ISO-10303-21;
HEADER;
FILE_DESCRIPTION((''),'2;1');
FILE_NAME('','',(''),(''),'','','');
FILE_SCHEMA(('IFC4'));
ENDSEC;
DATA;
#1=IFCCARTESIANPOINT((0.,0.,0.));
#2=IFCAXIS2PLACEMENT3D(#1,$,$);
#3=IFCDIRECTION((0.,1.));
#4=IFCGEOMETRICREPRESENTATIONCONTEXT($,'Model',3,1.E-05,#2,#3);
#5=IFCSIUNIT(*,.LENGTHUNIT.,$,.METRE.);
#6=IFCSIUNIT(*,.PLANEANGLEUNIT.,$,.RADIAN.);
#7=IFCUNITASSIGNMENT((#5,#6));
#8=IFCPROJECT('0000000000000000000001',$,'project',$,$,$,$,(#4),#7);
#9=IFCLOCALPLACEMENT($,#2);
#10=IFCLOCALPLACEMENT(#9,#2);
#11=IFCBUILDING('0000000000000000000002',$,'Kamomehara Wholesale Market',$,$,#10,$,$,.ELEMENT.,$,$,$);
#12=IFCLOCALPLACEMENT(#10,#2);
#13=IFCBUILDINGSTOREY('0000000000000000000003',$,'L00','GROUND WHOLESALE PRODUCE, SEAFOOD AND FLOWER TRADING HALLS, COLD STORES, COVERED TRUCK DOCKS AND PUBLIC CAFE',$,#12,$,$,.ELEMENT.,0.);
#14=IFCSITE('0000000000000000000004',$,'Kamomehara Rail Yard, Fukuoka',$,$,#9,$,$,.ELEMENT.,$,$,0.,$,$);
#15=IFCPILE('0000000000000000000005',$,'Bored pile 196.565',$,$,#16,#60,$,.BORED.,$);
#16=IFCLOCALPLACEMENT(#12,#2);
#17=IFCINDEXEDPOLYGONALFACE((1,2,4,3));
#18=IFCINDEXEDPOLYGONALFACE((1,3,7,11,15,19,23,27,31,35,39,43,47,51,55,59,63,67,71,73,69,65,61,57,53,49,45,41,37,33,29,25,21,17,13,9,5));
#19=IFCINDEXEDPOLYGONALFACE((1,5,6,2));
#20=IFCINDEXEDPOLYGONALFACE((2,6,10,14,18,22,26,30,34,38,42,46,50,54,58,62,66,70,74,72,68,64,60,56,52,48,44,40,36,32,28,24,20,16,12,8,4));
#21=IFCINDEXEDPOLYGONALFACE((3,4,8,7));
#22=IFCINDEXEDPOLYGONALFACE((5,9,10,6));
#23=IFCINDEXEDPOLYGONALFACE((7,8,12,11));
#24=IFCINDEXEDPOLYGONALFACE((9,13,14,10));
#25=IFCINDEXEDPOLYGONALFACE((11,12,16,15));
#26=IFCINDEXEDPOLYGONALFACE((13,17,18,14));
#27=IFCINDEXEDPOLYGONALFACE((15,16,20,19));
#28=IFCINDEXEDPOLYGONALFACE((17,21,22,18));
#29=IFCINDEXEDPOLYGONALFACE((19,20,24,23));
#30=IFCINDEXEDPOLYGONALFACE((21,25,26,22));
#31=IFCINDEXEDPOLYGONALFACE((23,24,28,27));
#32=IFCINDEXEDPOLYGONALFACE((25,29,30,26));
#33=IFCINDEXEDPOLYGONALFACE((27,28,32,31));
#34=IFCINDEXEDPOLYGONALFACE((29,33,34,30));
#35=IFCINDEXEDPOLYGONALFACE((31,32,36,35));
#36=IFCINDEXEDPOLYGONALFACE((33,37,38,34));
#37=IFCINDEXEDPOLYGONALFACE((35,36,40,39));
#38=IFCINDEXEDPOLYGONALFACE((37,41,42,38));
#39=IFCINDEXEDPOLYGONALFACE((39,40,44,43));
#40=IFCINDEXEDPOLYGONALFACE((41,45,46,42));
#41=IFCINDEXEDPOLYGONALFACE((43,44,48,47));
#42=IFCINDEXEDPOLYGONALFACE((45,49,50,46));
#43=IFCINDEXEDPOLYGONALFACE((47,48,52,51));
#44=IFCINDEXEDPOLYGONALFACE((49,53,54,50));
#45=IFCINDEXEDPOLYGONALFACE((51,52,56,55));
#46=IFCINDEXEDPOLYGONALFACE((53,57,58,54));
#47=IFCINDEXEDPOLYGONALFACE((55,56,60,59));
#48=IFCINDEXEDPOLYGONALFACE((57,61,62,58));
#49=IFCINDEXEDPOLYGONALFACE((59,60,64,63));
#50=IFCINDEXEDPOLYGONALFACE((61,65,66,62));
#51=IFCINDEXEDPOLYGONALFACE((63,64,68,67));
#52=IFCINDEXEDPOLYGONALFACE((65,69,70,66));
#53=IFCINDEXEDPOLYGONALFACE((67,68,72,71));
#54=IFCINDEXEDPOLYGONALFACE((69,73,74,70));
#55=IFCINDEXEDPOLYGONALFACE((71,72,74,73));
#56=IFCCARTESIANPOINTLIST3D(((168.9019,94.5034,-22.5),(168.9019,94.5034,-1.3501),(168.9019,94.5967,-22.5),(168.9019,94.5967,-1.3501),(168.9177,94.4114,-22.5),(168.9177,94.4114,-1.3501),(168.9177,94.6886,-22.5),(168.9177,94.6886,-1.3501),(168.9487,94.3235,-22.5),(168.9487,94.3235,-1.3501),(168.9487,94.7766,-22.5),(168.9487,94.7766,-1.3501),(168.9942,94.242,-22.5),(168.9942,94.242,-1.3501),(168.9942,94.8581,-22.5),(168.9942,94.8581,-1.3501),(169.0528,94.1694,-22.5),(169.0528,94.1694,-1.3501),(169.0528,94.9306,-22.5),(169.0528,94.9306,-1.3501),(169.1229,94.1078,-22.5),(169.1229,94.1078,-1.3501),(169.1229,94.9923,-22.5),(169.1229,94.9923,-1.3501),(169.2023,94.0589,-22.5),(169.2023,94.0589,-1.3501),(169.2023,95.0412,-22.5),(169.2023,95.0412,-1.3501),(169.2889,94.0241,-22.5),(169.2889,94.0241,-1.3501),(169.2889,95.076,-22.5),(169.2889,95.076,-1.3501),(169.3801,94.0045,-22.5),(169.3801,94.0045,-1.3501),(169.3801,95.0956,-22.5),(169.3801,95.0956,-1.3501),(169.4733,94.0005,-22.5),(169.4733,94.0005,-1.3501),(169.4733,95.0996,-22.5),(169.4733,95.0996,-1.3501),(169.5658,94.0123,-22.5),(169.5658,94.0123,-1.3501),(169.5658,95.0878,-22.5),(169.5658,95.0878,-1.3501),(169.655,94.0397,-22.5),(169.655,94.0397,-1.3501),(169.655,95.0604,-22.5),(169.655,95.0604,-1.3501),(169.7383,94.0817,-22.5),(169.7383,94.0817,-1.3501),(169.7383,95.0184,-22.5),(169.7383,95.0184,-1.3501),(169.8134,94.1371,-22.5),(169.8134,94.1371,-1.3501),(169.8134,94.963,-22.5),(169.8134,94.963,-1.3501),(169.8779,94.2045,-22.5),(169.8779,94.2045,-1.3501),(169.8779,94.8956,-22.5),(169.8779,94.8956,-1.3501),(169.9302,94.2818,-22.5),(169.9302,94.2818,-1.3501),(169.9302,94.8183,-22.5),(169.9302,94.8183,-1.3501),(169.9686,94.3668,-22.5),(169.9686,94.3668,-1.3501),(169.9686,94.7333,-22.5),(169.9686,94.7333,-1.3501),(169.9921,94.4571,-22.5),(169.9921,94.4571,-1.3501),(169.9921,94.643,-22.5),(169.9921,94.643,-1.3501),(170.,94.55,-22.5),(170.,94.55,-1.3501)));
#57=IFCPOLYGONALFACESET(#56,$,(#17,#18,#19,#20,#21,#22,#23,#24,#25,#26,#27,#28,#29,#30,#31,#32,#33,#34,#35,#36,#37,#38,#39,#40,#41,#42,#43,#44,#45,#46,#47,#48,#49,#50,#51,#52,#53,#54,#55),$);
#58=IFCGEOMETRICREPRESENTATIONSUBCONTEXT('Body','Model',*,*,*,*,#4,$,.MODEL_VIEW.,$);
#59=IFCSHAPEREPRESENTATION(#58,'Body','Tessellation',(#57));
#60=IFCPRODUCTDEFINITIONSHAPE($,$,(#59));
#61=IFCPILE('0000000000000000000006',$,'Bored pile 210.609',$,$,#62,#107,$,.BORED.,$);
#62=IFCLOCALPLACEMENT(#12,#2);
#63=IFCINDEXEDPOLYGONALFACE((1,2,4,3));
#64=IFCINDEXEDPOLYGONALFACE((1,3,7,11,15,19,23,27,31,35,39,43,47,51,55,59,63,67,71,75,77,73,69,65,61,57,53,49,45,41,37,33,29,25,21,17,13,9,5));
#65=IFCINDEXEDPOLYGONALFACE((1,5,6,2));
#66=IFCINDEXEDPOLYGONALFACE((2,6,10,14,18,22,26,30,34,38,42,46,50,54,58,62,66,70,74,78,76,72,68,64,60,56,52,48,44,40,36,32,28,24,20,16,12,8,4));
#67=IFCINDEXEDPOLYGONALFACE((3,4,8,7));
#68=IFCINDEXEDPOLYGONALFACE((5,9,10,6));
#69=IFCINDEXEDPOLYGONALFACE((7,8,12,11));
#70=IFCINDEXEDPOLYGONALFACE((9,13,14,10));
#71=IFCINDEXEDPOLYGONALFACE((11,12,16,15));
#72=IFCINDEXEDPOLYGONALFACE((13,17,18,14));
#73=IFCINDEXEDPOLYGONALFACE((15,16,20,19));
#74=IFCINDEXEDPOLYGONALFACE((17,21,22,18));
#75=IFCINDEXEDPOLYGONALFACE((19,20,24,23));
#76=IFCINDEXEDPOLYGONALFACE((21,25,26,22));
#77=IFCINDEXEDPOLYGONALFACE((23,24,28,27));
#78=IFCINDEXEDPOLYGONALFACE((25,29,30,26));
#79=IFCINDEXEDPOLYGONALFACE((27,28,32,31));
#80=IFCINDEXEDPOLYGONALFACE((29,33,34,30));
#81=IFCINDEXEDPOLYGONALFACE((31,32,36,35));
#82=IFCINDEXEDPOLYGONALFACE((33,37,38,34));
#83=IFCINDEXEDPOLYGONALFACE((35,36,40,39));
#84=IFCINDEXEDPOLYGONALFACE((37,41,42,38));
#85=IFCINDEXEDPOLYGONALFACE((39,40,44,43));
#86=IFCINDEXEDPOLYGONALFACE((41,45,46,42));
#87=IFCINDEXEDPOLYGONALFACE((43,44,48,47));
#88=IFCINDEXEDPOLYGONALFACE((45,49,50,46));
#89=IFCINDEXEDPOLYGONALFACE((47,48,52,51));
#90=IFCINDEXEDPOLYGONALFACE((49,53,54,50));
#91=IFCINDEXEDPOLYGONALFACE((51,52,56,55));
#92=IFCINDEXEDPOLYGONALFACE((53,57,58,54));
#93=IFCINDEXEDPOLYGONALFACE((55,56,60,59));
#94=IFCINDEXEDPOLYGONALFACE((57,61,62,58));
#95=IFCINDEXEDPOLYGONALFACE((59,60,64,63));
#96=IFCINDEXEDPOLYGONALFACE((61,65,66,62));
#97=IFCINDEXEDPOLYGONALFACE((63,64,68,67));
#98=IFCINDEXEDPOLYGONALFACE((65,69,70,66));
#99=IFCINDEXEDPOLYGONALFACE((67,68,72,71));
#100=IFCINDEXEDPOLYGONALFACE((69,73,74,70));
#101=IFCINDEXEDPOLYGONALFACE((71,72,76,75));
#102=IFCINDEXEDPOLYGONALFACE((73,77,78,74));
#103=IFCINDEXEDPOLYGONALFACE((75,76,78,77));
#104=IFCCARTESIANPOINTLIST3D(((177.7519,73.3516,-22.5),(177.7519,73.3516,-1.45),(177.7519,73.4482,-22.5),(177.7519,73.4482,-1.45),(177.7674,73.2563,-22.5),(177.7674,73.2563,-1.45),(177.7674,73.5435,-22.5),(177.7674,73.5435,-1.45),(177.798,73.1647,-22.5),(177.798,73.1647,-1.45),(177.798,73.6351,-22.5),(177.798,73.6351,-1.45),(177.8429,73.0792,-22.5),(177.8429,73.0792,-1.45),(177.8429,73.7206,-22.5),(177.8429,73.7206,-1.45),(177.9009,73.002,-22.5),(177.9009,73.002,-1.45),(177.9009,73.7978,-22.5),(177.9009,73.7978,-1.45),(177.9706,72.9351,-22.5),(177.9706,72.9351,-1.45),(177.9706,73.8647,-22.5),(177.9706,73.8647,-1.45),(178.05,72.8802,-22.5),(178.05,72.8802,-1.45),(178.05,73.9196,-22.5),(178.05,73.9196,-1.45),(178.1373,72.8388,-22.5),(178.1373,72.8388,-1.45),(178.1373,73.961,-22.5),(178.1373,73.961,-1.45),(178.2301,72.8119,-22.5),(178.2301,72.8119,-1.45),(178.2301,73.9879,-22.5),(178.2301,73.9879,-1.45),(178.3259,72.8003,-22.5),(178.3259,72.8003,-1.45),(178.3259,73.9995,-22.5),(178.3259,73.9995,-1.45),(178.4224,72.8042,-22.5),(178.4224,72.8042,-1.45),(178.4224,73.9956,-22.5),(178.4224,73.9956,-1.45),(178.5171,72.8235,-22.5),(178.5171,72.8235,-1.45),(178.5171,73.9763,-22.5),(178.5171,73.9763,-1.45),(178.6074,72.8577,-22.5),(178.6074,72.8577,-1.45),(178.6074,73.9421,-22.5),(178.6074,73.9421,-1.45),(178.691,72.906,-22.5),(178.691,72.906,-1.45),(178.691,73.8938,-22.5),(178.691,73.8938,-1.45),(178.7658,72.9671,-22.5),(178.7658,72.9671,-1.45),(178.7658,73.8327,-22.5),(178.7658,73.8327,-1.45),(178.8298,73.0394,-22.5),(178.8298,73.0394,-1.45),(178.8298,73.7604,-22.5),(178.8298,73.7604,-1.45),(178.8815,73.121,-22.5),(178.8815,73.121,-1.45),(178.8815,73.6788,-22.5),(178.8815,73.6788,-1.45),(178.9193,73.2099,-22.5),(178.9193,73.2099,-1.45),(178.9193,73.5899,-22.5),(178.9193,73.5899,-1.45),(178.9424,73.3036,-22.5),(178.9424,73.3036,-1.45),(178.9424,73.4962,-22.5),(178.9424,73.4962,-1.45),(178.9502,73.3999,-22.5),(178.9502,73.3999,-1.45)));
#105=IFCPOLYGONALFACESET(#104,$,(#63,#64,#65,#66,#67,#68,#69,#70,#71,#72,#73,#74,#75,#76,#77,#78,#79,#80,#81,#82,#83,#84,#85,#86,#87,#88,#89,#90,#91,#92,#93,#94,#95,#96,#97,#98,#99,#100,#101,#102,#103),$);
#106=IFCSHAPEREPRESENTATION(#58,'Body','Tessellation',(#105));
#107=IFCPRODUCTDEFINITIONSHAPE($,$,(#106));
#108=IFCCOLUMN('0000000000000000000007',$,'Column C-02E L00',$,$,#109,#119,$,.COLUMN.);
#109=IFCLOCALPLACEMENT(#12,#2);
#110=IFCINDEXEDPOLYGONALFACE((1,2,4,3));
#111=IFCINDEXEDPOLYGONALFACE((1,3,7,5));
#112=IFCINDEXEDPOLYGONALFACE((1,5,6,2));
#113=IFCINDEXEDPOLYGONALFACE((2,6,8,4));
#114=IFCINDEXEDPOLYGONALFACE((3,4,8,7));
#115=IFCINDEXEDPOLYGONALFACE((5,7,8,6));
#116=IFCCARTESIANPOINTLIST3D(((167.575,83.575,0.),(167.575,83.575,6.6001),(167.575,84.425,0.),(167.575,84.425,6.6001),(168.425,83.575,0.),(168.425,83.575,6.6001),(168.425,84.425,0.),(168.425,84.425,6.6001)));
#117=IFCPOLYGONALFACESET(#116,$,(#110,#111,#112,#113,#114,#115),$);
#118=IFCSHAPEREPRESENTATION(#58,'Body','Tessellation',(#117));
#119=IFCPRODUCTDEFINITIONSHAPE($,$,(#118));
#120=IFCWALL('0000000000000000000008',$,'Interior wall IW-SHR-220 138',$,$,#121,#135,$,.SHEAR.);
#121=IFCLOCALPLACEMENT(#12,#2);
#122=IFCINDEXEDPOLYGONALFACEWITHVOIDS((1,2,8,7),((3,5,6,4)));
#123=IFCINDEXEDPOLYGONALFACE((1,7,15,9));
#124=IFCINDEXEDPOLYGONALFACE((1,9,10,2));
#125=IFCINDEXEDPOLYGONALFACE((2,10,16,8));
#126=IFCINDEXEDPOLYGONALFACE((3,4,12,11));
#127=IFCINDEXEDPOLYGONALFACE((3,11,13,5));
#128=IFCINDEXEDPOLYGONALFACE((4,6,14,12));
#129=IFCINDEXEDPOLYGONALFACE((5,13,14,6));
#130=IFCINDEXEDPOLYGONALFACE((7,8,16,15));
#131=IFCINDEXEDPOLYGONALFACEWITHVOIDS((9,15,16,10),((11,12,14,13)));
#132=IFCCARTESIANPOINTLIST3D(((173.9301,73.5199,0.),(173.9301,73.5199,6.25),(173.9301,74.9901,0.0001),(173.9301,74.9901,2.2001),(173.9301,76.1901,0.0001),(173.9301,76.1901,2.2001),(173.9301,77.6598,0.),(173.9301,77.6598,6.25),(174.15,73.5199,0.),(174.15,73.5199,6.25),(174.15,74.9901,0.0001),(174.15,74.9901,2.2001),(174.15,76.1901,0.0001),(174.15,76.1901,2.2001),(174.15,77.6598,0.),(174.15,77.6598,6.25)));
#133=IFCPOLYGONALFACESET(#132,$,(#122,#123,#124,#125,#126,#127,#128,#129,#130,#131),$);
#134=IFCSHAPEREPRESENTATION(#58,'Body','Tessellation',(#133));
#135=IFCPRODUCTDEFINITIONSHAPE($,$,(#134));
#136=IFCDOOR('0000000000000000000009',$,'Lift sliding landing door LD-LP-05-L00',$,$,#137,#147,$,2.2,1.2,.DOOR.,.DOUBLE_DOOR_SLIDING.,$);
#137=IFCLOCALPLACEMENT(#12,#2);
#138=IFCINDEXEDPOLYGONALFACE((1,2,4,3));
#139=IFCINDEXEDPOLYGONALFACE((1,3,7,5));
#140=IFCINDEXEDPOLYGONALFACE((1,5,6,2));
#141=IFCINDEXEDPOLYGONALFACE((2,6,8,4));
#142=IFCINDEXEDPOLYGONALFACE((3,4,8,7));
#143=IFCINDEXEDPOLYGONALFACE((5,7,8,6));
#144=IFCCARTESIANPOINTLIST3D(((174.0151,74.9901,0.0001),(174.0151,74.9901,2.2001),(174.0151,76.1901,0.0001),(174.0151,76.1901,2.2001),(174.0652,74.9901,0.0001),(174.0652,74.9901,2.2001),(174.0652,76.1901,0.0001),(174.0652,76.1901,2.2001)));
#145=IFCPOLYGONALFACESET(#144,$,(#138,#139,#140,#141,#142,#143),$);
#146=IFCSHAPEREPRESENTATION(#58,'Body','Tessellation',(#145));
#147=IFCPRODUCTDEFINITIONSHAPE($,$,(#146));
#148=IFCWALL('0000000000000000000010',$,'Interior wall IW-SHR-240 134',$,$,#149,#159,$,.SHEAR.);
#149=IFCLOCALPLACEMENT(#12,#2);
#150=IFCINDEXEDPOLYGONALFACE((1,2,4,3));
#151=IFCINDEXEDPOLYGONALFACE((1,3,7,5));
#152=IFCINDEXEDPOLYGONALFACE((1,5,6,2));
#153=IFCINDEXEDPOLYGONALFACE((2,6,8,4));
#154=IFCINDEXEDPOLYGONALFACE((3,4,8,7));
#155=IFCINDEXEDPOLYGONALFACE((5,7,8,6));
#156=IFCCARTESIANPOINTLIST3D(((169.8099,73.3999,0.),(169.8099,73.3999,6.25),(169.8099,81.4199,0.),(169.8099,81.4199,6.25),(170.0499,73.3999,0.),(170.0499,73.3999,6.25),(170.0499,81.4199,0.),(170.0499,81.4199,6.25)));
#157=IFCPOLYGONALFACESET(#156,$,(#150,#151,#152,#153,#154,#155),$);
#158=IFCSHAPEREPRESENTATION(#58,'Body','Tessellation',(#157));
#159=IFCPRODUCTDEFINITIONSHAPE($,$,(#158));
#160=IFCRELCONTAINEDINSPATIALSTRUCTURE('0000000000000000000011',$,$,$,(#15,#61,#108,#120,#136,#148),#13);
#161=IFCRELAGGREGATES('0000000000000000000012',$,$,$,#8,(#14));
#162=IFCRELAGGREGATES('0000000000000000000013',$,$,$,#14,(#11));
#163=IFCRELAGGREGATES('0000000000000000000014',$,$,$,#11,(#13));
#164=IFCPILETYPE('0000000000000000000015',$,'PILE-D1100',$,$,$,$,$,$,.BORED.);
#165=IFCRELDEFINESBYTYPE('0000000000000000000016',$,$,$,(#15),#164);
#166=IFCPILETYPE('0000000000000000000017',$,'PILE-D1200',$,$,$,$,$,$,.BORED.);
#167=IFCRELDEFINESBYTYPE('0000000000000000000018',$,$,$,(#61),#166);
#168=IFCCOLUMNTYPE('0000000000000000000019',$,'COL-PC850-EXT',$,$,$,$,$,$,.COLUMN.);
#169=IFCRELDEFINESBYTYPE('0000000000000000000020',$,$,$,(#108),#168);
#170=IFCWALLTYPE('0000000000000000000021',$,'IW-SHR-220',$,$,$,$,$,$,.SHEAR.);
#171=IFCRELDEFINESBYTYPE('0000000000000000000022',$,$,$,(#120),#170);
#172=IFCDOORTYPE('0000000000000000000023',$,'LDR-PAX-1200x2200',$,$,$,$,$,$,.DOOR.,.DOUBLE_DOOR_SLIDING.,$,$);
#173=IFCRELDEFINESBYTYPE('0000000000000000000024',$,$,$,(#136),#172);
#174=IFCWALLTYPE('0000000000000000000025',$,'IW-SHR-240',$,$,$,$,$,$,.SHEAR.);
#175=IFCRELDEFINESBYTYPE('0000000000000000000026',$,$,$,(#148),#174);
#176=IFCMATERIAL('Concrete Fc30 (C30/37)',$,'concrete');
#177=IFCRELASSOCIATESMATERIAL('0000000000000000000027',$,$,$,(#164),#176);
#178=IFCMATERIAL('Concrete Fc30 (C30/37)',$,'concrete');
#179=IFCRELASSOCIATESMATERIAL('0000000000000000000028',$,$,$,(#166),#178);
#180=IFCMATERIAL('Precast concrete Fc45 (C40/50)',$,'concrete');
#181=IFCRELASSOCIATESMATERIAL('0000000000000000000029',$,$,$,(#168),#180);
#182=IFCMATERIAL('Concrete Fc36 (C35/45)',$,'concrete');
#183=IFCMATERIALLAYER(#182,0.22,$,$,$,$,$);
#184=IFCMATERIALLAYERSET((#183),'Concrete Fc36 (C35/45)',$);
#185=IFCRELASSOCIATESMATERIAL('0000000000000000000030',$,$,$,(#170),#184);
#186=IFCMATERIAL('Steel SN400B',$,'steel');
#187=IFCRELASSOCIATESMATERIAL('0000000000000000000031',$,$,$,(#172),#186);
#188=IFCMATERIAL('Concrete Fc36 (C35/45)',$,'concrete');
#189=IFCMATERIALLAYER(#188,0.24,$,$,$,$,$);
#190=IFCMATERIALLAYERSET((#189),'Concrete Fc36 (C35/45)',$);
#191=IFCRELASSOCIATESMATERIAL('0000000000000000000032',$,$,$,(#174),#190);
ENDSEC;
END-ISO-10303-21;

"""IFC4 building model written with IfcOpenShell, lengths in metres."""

from ifc_helpers import new_model, si_unit, direction, frame, frame_2d, origin, origin_2d, place, context, subcontext, project, spatial, rectangle, circle, extrude, material, layer, layer_set, material_profile, profile_set, type_object, element, fill, save


model = new_model("IFC4")

# Units and contexts
model_context = context("Model", 3, precision=1e-05, world=origin(), true_north=direction((0.0, 1.0)))
body_context = subcontext(model_context, "Body", "Model", "MODEL_VIEW")
ifc_project = project(units=[si_unit("LENGTHUNIT", "METRE"), si_unit("PLANEANGLEUNIT", "RADIAN")], contexts=[model_context])

# Site, building, storey
site_placement = place(None, origin())
site = spatial("IfcSite", under=ifc_project, at=site_placement, Name="Kamomehara Rail Yard, Fukuoka", CompositionType="ELEMENT", RefElevation=0.0)
building_placement = place(site_placement, origin())
building = spatial("IfcBuilding", under=site, at=building_placement, Name="Kamomehara Wholesale Market", CompositionType="ELEMENT")
storey_placement = place(building_placement, origin())
storey = spatial("IfcBuildingStorey", under=building, at=storey_placement, Name="L00", Description="GROUND WHOLESALE PRODUCE, SEAFOOD AND FLOWER TRADING HALLS, COLD STORES, COVERED TRUCK DOCKS AND PUBLIC CAFE", CompositionType="ELEMENT", Elevation=0.0)

# Piles
ifc_material_1 = material(Name="Concrete Fc30 (C30/37)", Category="concrete")
ifc_material_profile_1 = material_profile(ifc_material_1, circle(Radius=0.55, at=origin_2d()), Name="RC-PILE-D1100")
ifc_profile_set_1 = profile_set([ifc_material_profile_1], Name="Concrete Fc30 (C30/37)")
pile_type_1 = type_object("IfcPileType", Name="PILE-D1100", PredefinedType="BORED", material=ifc_profile_set_1)
pile_1_placement = place(storey_placement, frame((169.45, 94.55, -1.3501), z_axis=(0.0, 0.0, -1.0), x_axis=(1.0, 0.0, 0.0)))
element("IfcPile", 1, at=pile_1_placement, inside=storey, type_object=pile_type_1, Name="Bored pile 196.565", PredefinedType="BORED", context=body_context, shape_type="SweptSolid", body=[
    extrude(circle(Radius=0.55, at=origin_2d()), origin(), (0.0, 0.0, 1.0), 21.1499),
])
ifc_material_2 = material(Name="Concrete Fc30 (C30/37)", Category="concrete")
ifc_material_profile_2 = material_profile(ifc_material_2, circle(Radius=0.6001, at=origin_2d()), Name="RC-PILE-D1200")
ifc_profile_set_2 = profile_set([ifc_material_profile_2], Name="Concrete Fc30 (C30/37)")
pile_type_2 = type_object("IfcPileType", Name="PILE-D1200", PredefinedType="BORED", material=ifc_profile_set_2)
pile_2_placement = place(storey_placement, frame((178.3501, 73.3999, -1.45), z_axis=(0.0, 0.0, -1.0), x_axis=(1.0, 0.0, 0.0)))
element("IfcPile", 2, at=pile_2_placement, inside=storey, type_object=pile_type_2, Name="Bored pile 210.609", PredefinedType="BORED", context=body_context, shape_type="SweptSolid", body=[
    extrude(circle(Radius=0.6001, at=origin_2d()), origin(), (0.0, 0.0, 1.0), 21.05),
])

# Column
ifc_material_3 = material(Name="Precast concrete Fc45 (C40/50)", Category="concrete")
ifc_material_profile_3 = material_profile(ifc_material_3, rectangle(XDim=0.8501, YDim=0.8501, at=origin_2d()), Name="PC-COL-850x850")
ifc_profile_set_3 = profile_set([ifc_material_profile_3], Name="Precast concrete Fc45 (C40/50)")
column_type = type_object("IfcColumnType", Name="COL-PC850-EXT", PredefinedType="COLUMN", material=ifc_profile_set_3)
column_placement = place(storey_placement, frame((168.0, 84.0, 0.0), z_axis=(0.0, 0.0, 1.0), x_axis=(1.0, 0.0, 0.0)))
element("IfcColumn", 3, at=column_placement, inside=storey, type_object=column_type, Name="Column C-02E L00", PredefinedType="COLUMN", context=body_context, shape_type="SweptSolid", body=[
    extrude(rectangle(XDim=0.8501, YDim=0.8501, at=origin_2d()), origin(), (0.0, 0.0, 1.0), 6.6001),
])

# Wall, opening, door
ifc_material_4 = material(Name="Concrete Fc36 (C35/45)", Category="concrete")
ifc_layer_1 = layer(ifc_material_4, 0.22)
ifc_layer_set_1 = layer_set([ifc_layer_1], Name="Concrete Fc36 (C35/45)")
wall_type_1 = type_object("IfcWallType", Name="IW-SHR-220", PredefinedType="SHEAR", material=ifc_layer_set_1)
wall_1_placement = place(storey_placement, frame((174.04, 73.52, 0.0), z_axis=(0.0, 0.0, 1.0), x_axis=(0.0, 1.0, 0.0)))
wall_1 = element("IfcWall", 4, at=wall_1_placement, inside=storey, type_object=wall_type_1, Name="Interior wall IW-SHR-220 138", PredefinedType="SHEAR", context=body_context, shape_type="SweptSolid", body=[
    extrude(rectangle(XDim=4.1399, YDim=0.22, at=frame_2d((2.0698, 0.0))), origin(), (0.0, 0.0, 1.0), 6.25),
])
opening_1_placement = place(wall_1_placement, frame((1.47, 0.0, 0.0)))
opening_1 = element("IfcOpeningElement", 5, at=opening_1_placement, cuts=wall_1, PredefinedType="OPENING", context=body_context, shape_type="SweptSolid", body=[
    extrude(rectangle(XDim=1.2, YDim=2.2, at=frame_2d((0.6001, 1.1001))), frame((0.0, 0.125, 0.0), z_axis=(0.0, -1.0, 0.0), x_axis=(1.0, 0.0, 0.0)), (0.0, 0.0, 1.0), 0.2498),
])
ifc_material_5 = material(Name="Steel SN400B", Category="steel")
door_type_1 = type_object("IfcDoorType", Name="LDR-PAX-1200x2200", OperationType="DOUBLE_DOOR_SLIDING", PredefinedType="DOOR", material=ifc_material_5)
door_1_placement = place(opening_1_placement, origin())
door_1 = element("IfcDoor", 6, at=door_1_placement, inside=storey, type_object=door_type_1, Name="Lift sliding landing door LD-LP-05-L00", OperationType="DOUBLE_DOOR_SLIDING", OverallHeight=2.2, OverallWidth=1.2, PredefinedType="DOOR", context=body_context, shape_type="SweptSolid", body=[
    extrude(rectangle(XDim=1.2, YDim=2.2, at=frame_2d((0.6001, 1.1001))), frame((0.0, 0.0249, 0.0), z_axis=(0.0, -1.0, 0.0), x_axis=(1.0, 0.0, 0.0)), (0.0, 0.0, 1.0), 0.05),
])
fill(opening_1, door_1)

# Wall
ifc_material_6 = material(Name="Concrete Fc36 (C35/45)", Category="concrete")
ifc_layer_2 = layer(ifc_material_6, 0.24)
ifc_layer_set_2 = layer_set([ifc_layer_2], Name="Concrete Fc36 (C35/45)")
wall_type_2 = type_object("IfcWallType", Name="IW-SHR-240", PredefinedType="SHEAR", material=ifc_layer_set_2)
wall_2_placement = place(storey_placement, frame((169.9299, 81.4199, 0.0), z_axis=(0.0, 0.0, 1.0), x_axis=(0.0, -1.0, 0.0)))
element("IfcWall", 7, at=wall_2_placement, inside=storey, type_object=wall_type_2, Name="Interior wall IW-SHR-240 134", PredefinedType="SHEAR", context=body_context, shape_type="SweptSolid", body=[
    extrude(rectangle(XDim=8.02, YDim=0.24, at=frame_2d((4.01, 0.0))), origin(), (0.0, 0.0, 1.0), 6.25),
])

save(model, "model.ifc")
